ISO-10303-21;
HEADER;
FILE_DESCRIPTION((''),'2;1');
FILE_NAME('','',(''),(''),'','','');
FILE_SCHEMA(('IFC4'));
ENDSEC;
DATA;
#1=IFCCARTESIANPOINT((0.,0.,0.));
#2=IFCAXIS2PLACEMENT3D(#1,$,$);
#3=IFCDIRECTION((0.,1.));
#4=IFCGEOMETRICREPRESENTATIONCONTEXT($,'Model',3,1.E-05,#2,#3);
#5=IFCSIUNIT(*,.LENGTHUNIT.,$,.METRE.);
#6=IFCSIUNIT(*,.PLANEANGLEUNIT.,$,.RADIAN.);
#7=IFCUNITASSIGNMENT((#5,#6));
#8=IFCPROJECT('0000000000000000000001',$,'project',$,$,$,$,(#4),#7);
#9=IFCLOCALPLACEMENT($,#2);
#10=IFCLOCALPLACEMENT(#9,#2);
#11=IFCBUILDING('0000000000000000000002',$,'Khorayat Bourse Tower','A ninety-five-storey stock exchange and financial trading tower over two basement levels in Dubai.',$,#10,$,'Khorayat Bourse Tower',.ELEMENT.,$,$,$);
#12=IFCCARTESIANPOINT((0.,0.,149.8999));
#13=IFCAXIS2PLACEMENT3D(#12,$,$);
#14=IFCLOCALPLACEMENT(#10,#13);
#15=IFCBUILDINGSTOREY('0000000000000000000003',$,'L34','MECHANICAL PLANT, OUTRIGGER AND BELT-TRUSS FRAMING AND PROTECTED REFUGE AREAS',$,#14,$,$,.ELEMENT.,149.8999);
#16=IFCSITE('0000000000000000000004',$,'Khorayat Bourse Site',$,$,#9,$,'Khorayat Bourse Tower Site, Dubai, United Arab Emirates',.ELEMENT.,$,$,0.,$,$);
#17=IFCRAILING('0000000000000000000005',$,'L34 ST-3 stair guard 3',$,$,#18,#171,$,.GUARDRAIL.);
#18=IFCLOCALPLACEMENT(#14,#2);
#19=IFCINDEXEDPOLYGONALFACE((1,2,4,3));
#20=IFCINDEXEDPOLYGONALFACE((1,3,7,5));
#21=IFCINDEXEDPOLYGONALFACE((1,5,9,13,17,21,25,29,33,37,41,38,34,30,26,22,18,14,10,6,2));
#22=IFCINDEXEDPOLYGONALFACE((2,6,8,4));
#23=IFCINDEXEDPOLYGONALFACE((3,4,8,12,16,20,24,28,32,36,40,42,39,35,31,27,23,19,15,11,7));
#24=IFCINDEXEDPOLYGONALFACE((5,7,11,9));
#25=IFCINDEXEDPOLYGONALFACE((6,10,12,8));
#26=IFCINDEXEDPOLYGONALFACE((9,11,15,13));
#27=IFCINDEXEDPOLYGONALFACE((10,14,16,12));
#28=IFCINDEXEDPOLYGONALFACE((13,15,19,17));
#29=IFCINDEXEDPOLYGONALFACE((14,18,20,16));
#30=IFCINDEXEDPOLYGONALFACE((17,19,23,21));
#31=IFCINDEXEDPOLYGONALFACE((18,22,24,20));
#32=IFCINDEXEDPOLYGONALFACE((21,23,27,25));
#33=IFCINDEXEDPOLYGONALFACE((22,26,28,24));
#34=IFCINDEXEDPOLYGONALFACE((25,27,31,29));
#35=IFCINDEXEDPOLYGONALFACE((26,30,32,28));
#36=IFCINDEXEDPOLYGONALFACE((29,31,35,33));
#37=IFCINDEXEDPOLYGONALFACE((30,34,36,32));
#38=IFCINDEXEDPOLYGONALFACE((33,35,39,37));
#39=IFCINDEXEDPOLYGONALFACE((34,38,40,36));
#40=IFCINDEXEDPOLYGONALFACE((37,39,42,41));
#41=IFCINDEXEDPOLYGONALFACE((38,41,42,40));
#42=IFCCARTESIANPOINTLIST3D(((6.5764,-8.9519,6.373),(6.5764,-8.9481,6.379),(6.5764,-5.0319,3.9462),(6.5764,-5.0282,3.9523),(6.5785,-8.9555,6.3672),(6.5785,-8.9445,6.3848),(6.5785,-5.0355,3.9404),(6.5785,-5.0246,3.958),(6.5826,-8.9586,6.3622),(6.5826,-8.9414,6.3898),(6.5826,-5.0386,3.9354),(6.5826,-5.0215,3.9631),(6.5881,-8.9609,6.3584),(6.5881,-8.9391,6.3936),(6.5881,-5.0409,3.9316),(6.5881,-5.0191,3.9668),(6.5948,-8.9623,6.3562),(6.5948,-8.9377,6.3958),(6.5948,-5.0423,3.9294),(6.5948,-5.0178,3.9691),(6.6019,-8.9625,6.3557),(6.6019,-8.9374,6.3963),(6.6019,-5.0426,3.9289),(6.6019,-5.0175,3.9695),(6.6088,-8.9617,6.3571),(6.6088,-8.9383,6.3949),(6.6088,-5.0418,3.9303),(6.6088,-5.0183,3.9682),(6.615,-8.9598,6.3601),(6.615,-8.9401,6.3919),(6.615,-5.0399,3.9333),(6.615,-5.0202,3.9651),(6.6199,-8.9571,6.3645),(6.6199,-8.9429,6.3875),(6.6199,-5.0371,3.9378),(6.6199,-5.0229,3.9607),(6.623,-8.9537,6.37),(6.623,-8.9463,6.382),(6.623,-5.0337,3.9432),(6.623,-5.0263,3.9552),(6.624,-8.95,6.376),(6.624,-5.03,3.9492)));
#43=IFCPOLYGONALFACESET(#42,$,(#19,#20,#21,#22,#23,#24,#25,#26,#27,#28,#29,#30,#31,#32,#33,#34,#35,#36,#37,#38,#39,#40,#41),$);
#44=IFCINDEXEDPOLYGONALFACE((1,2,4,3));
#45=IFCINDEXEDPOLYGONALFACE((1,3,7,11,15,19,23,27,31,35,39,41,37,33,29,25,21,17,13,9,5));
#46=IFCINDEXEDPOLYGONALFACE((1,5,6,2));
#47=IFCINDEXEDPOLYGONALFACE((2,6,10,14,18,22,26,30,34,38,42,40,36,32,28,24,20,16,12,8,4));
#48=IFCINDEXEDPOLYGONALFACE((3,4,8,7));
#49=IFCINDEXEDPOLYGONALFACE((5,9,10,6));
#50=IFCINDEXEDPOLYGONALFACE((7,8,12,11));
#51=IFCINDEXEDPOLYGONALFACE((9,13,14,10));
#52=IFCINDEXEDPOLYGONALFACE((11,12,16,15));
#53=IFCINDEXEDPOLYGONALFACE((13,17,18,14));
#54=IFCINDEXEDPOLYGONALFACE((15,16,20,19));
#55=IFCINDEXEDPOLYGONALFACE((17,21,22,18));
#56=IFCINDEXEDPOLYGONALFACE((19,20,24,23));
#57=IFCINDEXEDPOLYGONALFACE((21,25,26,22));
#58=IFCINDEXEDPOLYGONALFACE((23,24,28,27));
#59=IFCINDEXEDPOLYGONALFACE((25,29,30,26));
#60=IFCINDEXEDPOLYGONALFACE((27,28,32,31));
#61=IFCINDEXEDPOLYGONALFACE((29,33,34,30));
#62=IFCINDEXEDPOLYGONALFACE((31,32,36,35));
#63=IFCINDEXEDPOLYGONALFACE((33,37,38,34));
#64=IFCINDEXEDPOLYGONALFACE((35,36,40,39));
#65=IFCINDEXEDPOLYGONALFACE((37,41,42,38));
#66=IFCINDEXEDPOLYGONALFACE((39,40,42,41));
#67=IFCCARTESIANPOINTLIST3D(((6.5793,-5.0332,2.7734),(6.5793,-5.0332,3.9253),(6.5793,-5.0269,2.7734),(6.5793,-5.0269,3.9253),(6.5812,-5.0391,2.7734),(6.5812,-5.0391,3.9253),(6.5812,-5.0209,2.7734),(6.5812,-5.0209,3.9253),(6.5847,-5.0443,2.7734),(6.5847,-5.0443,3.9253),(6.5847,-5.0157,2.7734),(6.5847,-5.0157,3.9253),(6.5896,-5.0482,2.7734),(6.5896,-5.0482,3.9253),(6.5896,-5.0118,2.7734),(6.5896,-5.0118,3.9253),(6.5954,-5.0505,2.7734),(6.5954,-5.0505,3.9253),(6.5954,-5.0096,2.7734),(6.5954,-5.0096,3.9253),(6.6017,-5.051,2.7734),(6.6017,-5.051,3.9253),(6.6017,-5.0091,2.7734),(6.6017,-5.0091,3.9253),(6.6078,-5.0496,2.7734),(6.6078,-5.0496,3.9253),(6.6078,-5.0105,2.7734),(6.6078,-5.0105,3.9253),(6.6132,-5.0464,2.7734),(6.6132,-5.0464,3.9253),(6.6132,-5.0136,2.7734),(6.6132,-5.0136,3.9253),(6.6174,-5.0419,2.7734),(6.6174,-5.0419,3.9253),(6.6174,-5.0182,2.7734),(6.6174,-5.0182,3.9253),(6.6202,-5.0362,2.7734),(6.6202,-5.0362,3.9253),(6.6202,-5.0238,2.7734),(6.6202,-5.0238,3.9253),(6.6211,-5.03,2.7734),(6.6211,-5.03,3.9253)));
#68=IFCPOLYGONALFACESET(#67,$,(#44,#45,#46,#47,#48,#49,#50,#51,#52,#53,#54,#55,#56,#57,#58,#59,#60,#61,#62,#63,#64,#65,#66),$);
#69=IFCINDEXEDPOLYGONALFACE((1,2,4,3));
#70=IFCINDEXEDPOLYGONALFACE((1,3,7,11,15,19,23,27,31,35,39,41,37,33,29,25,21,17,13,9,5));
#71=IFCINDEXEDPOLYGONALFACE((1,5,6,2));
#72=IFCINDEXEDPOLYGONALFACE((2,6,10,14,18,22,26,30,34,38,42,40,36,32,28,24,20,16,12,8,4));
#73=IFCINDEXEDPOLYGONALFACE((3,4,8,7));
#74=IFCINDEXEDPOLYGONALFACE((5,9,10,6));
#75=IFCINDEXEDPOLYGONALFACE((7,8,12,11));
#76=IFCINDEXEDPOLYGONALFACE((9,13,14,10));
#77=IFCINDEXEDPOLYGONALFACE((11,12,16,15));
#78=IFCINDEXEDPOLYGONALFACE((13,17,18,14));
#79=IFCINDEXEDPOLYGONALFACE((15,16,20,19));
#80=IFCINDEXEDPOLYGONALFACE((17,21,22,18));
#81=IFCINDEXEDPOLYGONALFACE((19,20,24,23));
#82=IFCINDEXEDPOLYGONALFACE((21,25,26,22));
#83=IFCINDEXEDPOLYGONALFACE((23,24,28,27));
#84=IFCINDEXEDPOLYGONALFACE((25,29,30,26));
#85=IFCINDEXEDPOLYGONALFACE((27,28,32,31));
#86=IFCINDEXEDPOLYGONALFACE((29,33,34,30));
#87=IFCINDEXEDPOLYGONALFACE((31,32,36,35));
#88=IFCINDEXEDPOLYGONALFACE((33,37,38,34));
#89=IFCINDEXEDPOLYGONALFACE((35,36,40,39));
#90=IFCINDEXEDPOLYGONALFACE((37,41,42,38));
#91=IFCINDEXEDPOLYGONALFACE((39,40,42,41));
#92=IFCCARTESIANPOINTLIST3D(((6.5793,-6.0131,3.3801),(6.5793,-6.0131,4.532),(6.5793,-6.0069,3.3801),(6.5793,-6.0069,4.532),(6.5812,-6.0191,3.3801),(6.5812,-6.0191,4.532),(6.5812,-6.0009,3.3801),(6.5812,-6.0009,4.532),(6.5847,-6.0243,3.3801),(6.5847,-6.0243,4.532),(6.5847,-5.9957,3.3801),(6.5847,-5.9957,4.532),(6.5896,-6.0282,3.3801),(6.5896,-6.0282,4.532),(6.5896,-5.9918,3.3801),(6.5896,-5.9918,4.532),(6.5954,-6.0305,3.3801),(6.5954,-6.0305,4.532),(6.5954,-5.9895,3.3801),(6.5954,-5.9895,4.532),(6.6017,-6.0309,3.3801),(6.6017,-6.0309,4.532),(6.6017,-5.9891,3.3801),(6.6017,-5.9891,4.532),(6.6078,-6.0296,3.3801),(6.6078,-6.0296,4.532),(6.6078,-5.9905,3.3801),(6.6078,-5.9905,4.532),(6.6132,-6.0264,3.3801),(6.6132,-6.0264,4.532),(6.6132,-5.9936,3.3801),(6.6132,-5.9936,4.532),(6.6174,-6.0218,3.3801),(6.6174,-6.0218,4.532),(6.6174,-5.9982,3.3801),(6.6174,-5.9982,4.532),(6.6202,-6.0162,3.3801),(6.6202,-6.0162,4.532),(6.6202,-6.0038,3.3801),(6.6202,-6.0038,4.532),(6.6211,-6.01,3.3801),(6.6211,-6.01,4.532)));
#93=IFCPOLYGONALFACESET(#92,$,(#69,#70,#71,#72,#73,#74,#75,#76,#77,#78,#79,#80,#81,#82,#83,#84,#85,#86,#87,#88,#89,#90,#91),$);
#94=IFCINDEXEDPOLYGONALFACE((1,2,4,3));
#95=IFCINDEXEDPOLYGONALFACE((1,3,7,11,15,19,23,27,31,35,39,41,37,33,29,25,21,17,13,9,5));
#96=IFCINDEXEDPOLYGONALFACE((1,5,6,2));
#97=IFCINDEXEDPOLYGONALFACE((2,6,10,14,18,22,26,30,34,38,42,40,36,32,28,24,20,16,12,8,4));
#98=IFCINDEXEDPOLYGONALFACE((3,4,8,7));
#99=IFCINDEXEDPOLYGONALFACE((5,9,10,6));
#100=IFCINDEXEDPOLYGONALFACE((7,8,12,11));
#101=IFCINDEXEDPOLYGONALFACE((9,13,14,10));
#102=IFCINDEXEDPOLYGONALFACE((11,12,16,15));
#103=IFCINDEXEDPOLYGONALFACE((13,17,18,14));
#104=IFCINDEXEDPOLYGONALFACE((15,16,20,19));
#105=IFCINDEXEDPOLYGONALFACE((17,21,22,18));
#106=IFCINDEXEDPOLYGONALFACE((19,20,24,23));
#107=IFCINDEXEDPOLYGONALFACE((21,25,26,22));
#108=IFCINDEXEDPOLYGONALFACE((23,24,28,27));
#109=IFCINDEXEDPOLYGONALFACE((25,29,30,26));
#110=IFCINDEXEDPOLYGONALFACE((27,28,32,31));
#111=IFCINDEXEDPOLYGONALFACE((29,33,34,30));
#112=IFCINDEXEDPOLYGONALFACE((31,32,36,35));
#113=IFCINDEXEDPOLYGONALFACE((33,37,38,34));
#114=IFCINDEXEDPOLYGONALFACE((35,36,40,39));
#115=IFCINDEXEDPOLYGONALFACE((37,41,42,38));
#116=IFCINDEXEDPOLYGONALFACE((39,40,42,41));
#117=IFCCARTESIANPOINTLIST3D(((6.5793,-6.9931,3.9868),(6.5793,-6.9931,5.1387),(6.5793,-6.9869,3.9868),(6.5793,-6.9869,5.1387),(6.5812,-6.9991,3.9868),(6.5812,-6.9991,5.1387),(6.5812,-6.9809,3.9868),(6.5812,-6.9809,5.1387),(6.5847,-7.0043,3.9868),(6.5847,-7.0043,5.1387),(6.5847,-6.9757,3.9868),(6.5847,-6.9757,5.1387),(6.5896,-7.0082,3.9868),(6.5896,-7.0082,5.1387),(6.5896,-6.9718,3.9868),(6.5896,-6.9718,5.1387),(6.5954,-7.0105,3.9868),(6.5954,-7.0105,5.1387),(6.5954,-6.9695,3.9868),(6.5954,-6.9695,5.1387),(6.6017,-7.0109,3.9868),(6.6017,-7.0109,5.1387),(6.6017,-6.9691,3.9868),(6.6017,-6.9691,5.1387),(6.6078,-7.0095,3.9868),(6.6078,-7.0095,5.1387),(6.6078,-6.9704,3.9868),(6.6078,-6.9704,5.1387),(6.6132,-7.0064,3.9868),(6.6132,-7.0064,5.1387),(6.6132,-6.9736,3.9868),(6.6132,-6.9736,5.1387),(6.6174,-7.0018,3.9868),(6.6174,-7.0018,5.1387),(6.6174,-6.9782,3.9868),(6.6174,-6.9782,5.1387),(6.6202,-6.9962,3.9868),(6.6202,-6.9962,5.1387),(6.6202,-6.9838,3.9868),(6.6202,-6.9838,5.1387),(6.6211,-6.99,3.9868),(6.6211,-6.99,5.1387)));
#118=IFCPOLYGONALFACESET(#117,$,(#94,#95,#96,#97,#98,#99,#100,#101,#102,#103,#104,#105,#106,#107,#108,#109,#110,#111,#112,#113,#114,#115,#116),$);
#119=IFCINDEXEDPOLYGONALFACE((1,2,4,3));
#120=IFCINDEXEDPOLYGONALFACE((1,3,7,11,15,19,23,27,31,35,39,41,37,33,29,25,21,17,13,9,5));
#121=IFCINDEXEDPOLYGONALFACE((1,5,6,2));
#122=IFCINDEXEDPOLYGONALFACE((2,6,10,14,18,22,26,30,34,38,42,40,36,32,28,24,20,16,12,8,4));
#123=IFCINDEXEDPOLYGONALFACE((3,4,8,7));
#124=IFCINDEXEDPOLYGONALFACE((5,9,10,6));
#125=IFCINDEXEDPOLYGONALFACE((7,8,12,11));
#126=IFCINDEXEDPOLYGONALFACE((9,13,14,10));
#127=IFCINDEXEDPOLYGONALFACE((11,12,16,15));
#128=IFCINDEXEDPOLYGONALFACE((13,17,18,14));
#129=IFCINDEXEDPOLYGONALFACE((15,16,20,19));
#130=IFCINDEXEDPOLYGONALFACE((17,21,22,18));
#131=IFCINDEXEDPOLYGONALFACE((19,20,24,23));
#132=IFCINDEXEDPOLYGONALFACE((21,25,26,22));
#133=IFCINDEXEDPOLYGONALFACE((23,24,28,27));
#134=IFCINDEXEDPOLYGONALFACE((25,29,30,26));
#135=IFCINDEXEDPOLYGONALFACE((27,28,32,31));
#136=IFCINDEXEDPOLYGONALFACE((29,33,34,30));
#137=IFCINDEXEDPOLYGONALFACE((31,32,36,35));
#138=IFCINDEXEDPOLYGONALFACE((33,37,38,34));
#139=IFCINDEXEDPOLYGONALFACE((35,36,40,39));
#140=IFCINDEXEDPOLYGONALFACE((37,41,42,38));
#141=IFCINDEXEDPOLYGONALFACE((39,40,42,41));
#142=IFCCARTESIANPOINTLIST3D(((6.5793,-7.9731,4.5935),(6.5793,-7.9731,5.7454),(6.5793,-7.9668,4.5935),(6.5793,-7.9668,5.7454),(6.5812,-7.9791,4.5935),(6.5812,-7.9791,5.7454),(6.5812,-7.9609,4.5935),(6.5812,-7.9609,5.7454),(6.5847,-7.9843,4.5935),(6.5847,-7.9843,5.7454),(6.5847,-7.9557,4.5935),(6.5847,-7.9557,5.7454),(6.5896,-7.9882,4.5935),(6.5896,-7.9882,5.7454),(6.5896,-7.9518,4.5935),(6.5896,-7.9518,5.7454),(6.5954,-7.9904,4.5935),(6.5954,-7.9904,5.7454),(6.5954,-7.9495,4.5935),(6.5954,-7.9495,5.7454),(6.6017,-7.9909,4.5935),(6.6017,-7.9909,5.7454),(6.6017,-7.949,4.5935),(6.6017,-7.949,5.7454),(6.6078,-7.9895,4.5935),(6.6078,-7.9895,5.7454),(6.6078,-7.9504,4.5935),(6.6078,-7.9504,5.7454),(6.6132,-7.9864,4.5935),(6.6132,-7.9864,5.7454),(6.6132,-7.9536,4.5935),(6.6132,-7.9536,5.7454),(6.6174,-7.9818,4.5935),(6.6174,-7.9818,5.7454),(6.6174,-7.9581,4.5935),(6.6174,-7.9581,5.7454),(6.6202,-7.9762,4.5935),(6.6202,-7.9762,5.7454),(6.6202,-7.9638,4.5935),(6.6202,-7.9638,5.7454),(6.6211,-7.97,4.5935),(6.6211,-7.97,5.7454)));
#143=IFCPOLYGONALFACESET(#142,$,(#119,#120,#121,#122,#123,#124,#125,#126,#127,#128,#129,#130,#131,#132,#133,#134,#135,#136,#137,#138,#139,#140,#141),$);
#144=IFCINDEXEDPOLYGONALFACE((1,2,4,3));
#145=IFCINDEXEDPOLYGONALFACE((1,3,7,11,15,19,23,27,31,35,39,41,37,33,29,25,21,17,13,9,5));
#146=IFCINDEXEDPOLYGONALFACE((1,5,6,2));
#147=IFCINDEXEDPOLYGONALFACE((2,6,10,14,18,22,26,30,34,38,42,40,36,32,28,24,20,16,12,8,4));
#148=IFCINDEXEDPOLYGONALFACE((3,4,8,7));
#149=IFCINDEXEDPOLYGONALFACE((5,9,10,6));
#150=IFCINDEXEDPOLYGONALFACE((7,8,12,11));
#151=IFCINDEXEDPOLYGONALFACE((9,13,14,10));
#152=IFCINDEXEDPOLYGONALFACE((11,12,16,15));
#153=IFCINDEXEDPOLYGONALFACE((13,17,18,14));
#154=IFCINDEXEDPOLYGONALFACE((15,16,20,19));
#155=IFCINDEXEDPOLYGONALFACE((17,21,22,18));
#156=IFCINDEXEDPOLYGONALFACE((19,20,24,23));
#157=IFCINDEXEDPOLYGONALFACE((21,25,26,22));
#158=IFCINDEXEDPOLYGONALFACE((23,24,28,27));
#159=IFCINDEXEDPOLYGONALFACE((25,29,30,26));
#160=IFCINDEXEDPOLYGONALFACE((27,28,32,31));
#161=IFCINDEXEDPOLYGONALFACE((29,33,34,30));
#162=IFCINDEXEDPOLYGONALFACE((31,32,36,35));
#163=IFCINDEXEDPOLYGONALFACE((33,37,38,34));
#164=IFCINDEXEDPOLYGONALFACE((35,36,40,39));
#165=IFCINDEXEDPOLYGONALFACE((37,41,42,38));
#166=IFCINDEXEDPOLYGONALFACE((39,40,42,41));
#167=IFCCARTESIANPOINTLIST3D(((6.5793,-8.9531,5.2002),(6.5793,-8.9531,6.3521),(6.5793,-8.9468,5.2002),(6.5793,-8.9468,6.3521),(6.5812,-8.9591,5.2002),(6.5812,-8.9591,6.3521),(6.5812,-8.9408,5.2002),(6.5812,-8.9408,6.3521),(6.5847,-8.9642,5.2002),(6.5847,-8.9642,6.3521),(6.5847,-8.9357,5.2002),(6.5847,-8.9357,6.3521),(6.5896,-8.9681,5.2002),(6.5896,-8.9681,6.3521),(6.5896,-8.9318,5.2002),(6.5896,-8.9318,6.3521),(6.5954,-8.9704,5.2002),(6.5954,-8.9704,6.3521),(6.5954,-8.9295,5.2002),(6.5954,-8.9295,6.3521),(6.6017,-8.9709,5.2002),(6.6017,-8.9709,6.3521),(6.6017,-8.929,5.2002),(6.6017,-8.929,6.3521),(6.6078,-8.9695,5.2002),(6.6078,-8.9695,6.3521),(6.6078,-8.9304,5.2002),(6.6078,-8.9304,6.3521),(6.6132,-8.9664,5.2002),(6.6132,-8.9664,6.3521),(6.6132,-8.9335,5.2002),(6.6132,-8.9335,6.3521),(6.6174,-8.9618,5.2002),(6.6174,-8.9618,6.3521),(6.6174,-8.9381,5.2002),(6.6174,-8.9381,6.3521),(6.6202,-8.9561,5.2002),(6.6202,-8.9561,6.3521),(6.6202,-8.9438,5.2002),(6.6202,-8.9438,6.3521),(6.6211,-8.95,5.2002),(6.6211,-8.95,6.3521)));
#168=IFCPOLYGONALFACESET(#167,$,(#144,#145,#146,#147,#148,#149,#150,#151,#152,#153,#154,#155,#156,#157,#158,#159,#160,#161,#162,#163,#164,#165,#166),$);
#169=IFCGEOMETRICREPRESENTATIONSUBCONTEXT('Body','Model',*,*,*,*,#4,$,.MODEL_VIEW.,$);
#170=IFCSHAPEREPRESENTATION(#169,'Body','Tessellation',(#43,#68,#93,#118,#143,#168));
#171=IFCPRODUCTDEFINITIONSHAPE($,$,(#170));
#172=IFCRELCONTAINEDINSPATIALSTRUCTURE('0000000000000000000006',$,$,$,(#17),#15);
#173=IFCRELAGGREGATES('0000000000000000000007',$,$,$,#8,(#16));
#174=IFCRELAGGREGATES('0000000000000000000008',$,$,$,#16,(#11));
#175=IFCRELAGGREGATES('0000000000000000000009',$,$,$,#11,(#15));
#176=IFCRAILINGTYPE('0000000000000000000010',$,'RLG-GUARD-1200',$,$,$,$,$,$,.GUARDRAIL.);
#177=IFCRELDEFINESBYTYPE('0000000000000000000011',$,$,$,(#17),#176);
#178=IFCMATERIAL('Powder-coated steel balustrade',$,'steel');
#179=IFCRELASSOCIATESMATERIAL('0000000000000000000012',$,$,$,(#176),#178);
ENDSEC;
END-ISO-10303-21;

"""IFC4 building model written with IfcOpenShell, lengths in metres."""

from ifc_helpers import new_model, si_unit, direction, frame, origin, origin_2d, place, context, subcontext, project, spatial, circle, extrude, source, transform, mapped, material, type_object, element, save


model = new_model("IFC4")

# Units and contexts
model_context = context("Model", 3, precision=1e-05, world=origin(), true_north=direction((0.0, 1.0)))
body_context = subcontext(model_context, "Body", "Model", "MODEL_VIEW")
ifc_project = project(units=[si_unit("LENGTHUNIT", "METRE"), si_unit("PLANEANGLEUNIT", "RADIAN")], contexts=[model_context])

# Site, building, storey
site_placement = place(None, origin())
site = spatial("IfcSite", under=ifc_project, at=site_placement, Name="Khorayat Bourse Site", LongName="Khorayat Bourse Tower Site, Dubai, United Arab Emirates", CompositionType="ELEMENT", RefElevation=0.0)
building_placement = place(site_placement, origin())
building = spatial("IfcBuilding", under=site, at=building_placement, Name="Khorayat Bourse Tower", Description="A ninety-five-storey stock exchange and financial trading tower over two basement levels in Dubai.", LongName="Khorayat Bourse Tower", CompositionType="ELEMENT")
storey_placement = place(building_placement, frame((0.0, 0.0, 149.8999)))
storey = spatial("IfcBuildingStorey", under=building, at=storey_placement, Name="L34", Description="MECHANICAL PLANT, OUTRIGGER AND BELT-TRUSS FRAMING AND PROTECTED REFUGE AREAS", CompositionType="ELEMENT", Elevation=149.8999)

# Railing
ifc_material_1 = material(Name="Powder-coated steel balustrade", Category="steel")
railing_type_1 = type_object("IfcRailingType", Name="RLG-GUARD-1200", PredefinedType="GUARDRAIL", material=ifc_material_1)
shared_shape_1 = source(origin(), body_context, "Body", "SweptSolid", [
    extrude(circle(Radius=0.0239, at=origin_2d()), frame((0.0, 0.0, 1.1758), z_axis=(0.0, -0.850252, 0.526376), x_axis=(1.0, 0.0, 0.0)), (0.0, 0.0, 1.0), 4.6104),
    extrude(circle(Radius=0.021, at=origin_2d()), origin(), (0.0, 0.0, 1.0), 1.1519),
    extrude(circle(Radius=0.021, at=origin_2d()), frame((0.0, -0.98, 0.6067)), (0.0, 0.0, 1.0), 1.1519),
    extrude(circle(Radius=0.021, at=origin_2d()), frame((0.0, -1.96, 1.2134)), (0.0, 0.0, 1.0), 1.1519),
    extrude(circle(Radius=0.021, at=origin_2d()), frame((0.0, -2.9399, 1.8201)), (0.0, 0.0, 1.0), 1.1519),
    extrude(circle(Radius=0.021, at=origin_2d()), frame((0.0, -3.9199, 2.4268)), (0.0, 0.0, 1.0), 1.1519),
])
railing_1_placement = place(storey_placement, frame((6.6001, -5.03, 2.7734)))
element("IfcRailing", 1, at=railing_1_placement, inside=storey, type_object=railing_type_1, Name="L34 ST-3 stair guard 3", PredefinedType="GUARDRAIL", context=body_context, shape_type="MappedRepresentation", body=[
    mapped(shared_shape_1, transform((0.0, 0.0, 0.0), scale=1.0)),
])

save(model, "model.ifc")
